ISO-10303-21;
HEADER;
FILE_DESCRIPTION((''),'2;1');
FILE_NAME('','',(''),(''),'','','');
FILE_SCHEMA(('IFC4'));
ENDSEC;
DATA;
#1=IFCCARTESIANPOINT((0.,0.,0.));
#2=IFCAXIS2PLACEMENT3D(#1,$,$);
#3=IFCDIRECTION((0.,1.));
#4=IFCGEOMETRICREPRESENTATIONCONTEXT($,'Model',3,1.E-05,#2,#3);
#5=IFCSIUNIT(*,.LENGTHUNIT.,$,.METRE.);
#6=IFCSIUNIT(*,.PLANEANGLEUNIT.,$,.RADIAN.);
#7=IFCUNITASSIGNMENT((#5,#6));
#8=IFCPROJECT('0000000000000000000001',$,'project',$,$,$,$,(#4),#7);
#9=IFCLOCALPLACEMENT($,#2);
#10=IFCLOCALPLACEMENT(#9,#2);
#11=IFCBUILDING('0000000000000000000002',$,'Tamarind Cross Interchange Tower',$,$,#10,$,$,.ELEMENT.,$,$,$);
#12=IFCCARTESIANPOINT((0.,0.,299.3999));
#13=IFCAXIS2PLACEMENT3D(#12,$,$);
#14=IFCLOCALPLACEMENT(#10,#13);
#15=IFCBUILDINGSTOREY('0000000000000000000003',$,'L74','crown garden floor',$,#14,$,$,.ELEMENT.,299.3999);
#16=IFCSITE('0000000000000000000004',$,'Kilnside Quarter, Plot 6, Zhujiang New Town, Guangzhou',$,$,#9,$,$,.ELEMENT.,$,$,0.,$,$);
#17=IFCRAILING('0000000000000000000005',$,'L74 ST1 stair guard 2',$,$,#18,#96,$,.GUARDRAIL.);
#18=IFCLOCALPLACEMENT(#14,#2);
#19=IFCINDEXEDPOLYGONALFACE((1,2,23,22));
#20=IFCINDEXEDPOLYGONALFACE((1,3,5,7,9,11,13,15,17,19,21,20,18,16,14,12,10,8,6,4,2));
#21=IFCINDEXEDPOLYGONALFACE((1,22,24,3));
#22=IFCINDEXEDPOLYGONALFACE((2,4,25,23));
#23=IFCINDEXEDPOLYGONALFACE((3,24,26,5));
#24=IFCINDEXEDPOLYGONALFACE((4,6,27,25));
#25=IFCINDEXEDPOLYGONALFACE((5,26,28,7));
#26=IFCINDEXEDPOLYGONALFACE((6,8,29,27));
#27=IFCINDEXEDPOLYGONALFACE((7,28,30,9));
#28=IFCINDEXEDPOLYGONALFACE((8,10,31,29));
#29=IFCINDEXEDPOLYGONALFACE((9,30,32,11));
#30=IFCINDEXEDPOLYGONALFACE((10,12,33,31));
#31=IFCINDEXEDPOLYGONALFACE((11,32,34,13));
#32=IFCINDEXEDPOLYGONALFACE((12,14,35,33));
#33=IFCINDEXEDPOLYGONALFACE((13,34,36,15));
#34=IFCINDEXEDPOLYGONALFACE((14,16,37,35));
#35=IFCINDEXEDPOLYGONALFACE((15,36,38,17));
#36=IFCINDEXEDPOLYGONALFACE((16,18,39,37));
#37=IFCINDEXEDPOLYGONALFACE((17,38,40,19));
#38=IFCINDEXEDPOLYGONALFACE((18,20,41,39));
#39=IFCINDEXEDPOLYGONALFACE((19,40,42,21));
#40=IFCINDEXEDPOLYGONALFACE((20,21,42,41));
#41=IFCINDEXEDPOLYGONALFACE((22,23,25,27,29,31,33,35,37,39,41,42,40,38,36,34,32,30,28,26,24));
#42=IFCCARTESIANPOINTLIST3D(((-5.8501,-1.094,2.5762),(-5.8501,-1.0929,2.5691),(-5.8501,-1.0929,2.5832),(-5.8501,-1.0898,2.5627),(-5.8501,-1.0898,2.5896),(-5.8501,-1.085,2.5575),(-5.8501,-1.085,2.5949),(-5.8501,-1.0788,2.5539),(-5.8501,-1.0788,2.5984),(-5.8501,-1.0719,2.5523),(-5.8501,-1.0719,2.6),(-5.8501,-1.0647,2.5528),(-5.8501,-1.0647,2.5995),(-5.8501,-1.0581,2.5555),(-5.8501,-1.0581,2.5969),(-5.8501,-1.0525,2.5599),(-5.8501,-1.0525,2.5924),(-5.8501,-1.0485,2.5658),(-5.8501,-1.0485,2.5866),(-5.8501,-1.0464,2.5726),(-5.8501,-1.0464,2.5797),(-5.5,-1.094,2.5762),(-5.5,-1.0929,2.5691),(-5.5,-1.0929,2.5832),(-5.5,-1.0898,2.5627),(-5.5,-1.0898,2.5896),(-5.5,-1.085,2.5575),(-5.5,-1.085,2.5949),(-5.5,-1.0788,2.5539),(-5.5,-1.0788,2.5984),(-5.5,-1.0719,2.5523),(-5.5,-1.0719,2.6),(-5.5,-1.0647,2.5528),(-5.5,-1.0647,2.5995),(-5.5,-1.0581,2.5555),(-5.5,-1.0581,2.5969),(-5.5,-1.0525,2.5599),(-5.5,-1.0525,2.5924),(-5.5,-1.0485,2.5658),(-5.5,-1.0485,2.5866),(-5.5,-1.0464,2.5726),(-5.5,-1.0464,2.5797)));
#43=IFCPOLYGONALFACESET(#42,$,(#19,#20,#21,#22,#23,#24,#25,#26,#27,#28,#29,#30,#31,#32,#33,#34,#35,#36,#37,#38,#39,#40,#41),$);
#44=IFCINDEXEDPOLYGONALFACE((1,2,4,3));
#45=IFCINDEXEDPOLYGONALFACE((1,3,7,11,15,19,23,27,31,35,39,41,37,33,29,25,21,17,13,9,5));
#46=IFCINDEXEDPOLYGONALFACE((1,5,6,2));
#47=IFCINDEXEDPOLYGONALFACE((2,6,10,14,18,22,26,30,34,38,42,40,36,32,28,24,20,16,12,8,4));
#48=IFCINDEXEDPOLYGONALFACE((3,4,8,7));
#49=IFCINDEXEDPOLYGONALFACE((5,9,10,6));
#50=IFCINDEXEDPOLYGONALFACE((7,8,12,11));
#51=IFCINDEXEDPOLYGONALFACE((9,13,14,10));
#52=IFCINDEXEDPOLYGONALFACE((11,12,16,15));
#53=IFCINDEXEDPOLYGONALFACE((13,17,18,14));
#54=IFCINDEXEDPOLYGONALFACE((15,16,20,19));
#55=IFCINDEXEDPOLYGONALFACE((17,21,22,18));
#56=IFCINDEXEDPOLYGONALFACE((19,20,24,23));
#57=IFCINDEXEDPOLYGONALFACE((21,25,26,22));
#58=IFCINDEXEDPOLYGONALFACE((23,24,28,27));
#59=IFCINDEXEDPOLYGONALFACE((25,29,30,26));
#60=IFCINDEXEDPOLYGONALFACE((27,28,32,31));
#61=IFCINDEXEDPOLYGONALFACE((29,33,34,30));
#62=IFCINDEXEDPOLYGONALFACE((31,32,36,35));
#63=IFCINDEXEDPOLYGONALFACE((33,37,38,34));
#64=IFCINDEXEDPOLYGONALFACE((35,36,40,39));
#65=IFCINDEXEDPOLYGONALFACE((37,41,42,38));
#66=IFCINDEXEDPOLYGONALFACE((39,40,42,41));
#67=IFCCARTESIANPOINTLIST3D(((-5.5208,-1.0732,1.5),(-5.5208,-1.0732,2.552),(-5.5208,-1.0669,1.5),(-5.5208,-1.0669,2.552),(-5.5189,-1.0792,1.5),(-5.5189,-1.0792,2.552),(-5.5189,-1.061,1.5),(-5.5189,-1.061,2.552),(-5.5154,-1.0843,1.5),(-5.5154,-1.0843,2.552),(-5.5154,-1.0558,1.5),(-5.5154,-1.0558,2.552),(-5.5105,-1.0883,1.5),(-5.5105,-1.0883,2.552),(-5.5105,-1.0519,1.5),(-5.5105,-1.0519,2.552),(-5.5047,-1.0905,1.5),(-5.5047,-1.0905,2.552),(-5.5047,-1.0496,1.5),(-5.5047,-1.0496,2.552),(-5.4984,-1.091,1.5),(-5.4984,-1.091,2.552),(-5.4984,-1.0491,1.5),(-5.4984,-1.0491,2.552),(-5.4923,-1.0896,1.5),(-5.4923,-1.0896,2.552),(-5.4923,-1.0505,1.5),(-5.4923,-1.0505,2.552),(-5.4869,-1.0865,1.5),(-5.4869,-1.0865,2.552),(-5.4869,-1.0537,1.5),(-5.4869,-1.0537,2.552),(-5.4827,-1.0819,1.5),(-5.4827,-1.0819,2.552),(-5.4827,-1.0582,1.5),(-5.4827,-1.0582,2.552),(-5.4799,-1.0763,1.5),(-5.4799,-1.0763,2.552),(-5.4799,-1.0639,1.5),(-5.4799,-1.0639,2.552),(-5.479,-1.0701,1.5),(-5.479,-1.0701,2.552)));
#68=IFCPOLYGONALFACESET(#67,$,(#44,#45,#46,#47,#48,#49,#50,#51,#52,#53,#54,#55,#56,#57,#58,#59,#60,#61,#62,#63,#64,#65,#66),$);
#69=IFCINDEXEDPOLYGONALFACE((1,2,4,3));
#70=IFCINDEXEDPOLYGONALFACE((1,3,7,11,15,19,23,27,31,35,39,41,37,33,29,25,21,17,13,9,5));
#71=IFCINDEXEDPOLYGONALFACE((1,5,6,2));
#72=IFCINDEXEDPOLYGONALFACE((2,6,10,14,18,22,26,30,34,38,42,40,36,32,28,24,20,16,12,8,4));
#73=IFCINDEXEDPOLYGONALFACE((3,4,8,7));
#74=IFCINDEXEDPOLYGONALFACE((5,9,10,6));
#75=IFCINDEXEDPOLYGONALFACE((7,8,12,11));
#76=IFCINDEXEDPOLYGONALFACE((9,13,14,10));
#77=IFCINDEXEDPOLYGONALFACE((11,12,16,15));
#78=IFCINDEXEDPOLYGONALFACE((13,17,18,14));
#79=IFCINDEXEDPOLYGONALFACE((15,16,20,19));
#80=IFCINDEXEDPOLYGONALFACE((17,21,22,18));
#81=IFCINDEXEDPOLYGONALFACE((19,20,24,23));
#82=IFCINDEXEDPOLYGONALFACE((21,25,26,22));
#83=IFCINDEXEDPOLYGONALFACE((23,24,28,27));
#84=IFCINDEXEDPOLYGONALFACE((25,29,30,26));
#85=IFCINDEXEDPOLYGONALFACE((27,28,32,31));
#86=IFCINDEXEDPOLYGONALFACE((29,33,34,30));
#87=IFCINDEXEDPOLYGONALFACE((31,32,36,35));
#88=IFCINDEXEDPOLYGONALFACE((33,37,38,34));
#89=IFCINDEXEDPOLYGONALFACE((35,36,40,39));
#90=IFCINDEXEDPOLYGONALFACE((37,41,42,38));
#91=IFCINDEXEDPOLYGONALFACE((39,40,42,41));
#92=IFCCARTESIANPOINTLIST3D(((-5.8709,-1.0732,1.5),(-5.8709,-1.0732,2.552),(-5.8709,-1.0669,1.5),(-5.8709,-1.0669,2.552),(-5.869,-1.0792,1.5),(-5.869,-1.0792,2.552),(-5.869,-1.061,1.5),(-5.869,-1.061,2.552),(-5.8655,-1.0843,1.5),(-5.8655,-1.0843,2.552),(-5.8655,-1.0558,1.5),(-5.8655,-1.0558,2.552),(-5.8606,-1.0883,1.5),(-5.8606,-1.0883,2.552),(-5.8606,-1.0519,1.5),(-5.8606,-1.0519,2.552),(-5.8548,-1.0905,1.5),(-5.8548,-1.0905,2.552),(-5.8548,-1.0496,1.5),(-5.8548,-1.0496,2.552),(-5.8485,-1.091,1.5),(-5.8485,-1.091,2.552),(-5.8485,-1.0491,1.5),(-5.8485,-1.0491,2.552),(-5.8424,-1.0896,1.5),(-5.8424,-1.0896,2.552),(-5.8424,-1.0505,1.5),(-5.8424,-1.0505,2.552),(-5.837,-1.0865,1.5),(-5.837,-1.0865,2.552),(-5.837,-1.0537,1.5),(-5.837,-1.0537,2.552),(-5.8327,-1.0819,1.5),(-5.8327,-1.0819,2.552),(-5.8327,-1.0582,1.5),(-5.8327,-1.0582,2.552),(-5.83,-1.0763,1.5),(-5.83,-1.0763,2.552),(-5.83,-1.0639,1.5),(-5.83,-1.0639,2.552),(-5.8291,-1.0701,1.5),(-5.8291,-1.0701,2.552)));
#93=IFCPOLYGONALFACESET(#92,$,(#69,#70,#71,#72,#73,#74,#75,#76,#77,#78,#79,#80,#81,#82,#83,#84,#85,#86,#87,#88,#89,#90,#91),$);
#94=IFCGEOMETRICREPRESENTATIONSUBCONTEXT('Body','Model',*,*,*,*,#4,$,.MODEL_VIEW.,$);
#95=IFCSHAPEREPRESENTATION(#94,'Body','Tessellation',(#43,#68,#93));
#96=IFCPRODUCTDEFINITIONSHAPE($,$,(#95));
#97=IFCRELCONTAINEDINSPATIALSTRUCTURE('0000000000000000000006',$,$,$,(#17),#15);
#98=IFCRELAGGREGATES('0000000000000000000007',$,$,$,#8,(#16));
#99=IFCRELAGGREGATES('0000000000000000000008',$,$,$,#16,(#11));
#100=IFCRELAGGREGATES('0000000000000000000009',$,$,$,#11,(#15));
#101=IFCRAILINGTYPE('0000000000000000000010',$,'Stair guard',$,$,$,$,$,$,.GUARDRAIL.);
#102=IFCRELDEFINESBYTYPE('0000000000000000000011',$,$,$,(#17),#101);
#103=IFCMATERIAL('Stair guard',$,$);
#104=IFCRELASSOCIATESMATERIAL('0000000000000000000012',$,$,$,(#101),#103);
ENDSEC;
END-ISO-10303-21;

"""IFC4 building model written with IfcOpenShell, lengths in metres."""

from ifc_helpers import new_model, si_unit, direction, frame, origin, origin_2d, place, context, subcontext, project, spatial, circle, extrude, material, type_object, element, save


model = new_model("IFC4")

# Units and contexts
model_context = context("Model", 3, precision=1e-05, world=origin(), true_north=direction((0.0, 1.0)))
body_context = subcontext(model_context, "Body", "Model", "MODEL_VIEW")
ifc_project = project(units=[si_unit("LENGTHUNIT", "METRE"), si_unit("PLANEANGLEUNIT", "RADIAN")], contexts=[model_context])

# Site, building, storey
site_placement = place(None, origin())
site = spatial("IfcSite", under=ifc_project, at=site_placement, Name="Kilnside Quarter, Plot 6, Zhujiang New Town, Guangzhou", CompositionType="ELEMENT", RefElevation=0.0)
building_placement = place(site_placement, origin())
building = spatial("IfcBuilding", under=site, at=building_placement, Name="Tamarind Cross Interchange Tower", CompositionType="ELEMENT")
storey_placement = place(building_placement, frame((0.0, 0.0, 299.3999)))
storey = spatial("IfcBuildingStorey", under=building, at=storey_placement, Name="L74", Description="crown garden floor", CompositionType="ELEMENT", Elevation=299.3999)

# Railing
ifc_material_1 = material(Name="Stair guard")
railing_type_1 = type_object("IfcRailingType", Name="Stair guard", PredefinedType="GUARDRAIL", material=ifc_material_1)
railing_1_placement = place(storey_placement, frame((-5.5, -1.0701, 1.5)))
element("IfcRailing", 1, at=railing_1_placement, inside=storey, type_object=railing_type_1, Name="L74 ST1 stair guard 2", PredefinedType="GUARDRAIL", context=body_context, shape_type="SweptSolid", body=[
    extrude(circle(Radius=0.0239, at=origin_2d()), frame((0.0, 0.0, 1.0762), z_axis=(-1.0, 0.0, 0.0), x_axis=(0.0, -1.0, 0.0)), (0.0, 0.0, 1.0), 0.3501),
    extrude(circle(Radius=0.021, at=origin_2d()), origin(), (0.0, 0.0, 1.0), 1.052),
    extrude(circle(Radius=0.021, at=origin_2d()), frame((-0.3501, 0.0, 0.0)), (0.0, 0.0, 1.0), 1.052),
])

save(model, "model.ifc")
